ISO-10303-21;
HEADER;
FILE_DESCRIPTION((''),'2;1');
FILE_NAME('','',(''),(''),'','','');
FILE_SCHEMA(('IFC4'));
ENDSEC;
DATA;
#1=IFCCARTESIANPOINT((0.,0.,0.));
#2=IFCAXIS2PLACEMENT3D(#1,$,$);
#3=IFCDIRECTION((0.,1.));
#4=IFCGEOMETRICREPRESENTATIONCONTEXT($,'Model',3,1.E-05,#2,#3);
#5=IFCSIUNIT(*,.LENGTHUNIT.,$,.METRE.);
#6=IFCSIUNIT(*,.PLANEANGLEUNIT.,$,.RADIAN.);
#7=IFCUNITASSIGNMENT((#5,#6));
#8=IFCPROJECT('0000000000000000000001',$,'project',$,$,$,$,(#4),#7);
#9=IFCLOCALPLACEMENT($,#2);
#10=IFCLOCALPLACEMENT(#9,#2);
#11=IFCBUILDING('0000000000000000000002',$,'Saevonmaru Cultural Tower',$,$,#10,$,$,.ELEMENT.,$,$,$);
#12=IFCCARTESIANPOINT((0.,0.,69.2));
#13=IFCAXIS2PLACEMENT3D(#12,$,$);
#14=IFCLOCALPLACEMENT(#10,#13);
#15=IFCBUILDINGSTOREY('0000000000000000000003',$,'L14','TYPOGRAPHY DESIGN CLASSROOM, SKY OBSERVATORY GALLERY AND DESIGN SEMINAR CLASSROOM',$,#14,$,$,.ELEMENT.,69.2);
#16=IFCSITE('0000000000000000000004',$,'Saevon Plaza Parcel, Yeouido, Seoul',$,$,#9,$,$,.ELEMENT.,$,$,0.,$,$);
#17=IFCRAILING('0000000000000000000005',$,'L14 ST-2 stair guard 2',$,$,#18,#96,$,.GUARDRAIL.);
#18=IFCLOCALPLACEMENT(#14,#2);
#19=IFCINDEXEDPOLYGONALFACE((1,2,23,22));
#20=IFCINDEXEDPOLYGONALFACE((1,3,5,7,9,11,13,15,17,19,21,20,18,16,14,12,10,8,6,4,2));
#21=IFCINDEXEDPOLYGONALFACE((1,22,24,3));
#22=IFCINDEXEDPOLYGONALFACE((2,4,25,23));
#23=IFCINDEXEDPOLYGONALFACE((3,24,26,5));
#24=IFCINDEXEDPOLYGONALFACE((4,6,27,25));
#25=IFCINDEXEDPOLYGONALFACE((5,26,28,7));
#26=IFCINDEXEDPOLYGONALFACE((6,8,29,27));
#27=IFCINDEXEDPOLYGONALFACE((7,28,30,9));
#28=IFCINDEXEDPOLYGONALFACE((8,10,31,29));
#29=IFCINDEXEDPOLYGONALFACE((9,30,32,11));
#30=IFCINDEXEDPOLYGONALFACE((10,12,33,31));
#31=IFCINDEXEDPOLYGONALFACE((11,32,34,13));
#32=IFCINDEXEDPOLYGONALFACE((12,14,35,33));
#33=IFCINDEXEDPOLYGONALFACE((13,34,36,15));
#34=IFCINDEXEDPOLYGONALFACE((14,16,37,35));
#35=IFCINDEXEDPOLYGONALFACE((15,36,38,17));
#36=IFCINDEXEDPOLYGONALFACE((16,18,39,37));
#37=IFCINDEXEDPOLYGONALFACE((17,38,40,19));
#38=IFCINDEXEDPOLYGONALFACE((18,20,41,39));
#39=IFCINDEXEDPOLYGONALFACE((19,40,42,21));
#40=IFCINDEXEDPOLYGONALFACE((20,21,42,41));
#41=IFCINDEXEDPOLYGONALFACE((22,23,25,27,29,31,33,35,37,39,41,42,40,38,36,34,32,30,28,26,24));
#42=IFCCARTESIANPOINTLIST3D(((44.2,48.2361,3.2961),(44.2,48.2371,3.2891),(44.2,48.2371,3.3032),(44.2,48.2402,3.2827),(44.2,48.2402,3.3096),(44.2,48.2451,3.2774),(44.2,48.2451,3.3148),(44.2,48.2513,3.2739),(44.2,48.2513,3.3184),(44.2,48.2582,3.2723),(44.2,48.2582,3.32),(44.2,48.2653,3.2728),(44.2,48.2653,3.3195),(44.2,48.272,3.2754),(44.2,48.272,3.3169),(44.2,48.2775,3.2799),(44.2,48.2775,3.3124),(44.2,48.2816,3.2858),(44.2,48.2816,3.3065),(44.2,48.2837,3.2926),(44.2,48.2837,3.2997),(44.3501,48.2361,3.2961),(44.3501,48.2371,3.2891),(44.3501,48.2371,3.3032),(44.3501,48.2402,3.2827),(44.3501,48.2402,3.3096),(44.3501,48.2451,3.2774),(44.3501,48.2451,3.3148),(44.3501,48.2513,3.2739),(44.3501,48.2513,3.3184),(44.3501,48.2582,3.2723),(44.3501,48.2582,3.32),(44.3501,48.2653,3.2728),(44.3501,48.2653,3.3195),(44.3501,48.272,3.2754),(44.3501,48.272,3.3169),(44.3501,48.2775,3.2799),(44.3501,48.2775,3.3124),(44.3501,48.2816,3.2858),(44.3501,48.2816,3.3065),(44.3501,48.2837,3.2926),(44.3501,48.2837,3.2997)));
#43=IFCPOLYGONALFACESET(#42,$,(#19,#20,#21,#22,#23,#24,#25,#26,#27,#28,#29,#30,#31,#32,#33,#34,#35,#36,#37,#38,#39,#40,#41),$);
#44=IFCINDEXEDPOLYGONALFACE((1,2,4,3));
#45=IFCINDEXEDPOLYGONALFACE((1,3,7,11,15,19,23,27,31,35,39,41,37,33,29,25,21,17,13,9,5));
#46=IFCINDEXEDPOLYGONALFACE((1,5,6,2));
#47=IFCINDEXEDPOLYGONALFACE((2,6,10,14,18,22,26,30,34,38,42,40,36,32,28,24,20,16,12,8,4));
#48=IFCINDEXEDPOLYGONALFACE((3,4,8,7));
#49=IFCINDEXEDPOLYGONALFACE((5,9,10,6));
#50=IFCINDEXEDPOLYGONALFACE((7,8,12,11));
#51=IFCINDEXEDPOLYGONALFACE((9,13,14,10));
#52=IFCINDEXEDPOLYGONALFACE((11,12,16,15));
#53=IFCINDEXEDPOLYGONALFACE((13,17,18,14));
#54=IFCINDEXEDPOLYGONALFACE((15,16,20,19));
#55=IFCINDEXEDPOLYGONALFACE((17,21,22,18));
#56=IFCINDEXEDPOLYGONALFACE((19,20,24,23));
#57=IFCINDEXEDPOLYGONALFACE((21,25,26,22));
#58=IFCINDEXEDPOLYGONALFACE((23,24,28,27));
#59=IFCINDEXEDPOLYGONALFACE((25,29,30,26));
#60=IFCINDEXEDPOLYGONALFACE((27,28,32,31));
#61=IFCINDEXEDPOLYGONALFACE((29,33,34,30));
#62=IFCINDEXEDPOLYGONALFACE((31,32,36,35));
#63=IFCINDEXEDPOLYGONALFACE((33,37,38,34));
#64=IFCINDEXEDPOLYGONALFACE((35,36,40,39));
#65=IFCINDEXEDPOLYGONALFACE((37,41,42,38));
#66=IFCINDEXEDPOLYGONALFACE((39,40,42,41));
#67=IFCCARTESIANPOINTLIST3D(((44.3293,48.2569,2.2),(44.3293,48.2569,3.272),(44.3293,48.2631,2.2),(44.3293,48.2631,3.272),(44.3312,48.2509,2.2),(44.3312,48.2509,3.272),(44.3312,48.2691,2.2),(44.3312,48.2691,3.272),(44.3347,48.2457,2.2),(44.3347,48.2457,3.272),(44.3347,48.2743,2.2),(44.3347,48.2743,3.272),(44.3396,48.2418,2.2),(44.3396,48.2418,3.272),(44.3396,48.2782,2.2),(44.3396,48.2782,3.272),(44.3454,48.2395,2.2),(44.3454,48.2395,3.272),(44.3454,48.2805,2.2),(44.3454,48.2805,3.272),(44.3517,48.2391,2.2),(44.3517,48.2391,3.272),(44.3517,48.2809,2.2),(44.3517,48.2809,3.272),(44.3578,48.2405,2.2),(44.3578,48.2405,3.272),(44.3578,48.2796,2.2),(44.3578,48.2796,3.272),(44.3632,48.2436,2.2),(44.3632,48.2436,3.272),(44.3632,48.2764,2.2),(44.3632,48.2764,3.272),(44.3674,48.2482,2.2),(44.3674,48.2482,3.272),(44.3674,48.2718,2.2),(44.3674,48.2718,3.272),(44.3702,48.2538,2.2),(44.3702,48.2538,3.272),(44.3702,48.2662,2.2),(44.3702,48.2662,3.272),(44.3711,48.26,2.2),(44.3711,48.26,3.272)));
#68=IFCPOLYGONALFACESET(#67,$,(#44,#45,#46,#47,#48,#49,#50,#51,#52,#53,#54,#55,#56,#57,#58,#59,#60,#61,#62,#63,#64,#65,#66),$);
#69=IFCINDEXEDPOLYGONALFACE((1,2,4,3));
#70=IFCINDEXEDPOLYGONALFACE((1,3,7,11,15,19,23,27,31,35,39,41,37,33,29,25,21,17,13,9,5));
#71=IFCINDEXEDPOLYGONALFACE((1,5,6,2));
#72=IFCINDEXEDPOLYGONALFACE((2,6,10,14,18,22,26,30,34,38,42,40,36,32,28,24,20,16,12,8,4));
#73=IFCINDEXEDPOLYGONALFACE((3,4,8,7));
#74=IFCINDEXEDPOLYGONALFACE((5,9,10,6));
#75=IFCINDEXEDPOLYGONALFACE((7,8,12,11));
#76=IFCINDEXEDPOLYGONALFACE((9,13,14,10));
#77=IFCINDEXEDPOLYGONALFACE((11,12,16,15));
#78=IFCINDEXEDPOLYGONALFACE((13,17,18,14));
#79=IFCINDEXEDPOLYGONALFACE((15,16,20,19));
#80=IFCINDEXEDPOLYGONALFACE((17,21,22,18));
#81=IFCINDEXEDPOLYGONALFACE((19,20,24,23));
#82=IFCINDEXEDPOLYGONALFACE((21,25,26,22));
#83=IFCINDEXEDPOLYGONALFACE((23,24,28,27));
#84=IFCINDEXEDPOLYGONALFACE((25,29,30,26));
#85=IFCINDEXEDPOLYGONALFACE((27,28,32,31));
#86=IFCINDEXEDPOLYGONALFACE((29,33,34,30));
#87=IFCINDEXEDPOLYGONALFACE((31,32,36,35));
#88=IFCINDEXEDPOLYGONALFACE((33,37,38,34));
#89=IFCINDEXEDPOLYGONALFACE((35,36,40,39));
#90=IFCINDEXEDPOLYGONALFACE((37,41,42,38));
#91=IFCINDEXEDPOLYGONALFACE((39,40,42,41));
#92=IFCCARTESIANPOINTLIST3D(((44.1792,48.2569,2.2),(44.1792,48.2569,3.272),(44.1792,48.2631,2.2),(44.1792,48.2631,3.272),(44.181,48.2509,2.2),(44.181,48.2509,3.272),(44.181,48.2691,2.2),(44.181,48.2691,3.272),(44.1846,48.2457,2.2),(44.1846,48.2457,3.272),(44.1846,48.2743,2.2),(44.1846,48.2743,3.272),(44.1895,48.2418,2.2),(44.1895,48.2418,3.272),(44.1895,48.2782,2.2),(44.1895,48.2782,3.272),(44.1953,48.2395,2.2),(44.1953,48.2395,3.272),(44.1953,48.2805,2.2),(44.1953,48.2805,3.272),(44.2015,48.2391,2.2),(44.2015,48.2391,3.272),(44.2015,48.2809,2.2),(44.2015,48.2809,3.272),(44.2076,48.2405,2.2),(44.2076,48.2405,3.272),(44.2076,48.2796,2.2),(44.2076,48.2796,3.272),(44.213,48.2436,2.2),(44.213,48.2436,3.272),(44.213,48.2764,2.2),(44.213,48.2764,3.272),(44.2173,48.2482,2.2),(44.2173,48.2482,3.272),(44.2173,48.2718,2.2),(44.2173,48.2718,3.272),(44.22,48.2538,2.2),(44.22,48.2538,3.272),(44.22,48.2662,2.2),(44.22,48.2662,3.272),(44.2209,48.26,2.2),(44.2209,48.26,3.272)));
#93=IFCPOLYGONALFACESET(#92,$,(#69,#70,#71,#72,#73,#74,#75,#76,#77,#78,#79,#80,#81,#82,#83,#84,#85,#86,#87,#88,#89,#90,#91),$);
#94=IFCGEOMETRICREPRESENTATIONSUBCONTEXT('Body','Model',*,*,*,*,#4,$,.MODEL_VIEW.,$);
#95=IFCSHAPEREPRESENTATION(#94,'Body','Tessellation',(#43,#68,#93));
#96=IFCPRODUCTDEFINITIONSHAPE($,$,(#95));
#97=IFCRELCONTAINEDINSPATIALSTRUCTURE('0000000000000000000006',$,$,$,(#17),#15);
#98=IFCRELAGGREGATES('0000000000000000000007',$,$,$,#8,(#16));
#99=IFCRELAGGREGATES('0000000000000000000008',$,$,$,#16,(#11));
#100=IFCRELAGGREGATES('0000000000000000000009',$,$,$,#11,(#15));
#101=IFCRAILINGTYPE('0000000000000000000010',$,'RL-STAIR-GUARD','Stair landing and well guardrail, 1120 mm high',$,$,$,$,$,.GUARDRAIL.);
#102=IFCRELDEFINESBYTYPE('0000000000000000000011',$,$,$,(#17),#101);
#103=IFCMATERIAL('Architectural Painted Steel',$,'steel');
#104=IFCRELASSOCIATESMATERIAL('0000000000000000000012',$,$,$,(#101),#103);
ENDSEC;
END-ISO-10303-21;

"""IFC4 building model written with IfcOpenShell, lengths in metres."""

from ifc_helpers import new_model, si_unit, direction, frame, origin, origin_2d, place, context, subcontext, project, spatial, circle, extrude, material, type_object, element, save


model = new_model("IFC4")

# Units and contexts
model_context = context("Model", 3, precision=1e-05, world=origin(), true_north=direction((0.0, 1.0)))
body_context = subcontext(model_context, "Body", "Model", "MODEL_VIEW")
ifc_project = project(units=[si_unit("LENGTHUNIT", "METRE"), si_unit("PLANEANGLEUNIT", "RADIAN")], contexts=[model_context])

# Site, building, storey
site_placement = place(None, origin())
site = spatial("IfcSite", under=ifc_project, at=site_placement, Name="Saevon Plaza Parcel, Yeouido, Seoul", CompositionType="ELEMENT", RefElevation=0.0)
building_placement = place(site_placement, origin())
building = spatial("IfcBuilding", under=site, at=building_placement, Name="Saevonmaru Cultural Tower", CompositionType="ELEMENT")
storey_placement = place(building_placement, frame((0.0, 0.0, 69.2)))
storey = spatial("IfcBuildingStorey", under=building, at=storey_placement, Name="L14", Description="TYPOGRAPHY DESIGN CLASSROOM, SKY OBSERVATORY GALLERY AND DESIGN SEMINAR CLASSROOM", CompositionType="ELEMENT", Elevation=69.2)

# Railing
ifc_material_1 = material(Name="Architectural Painted Steel", Category="steel")
railing_type = type_object("IfcRailingType", Name="RL-STAIR-GUARD", Description="Stair landing and well guardrail, 1120 mm high", PredefinedType="GUARDRAIL", material=ifc_material_1)
railing_1_placement = place(storey_placement, frame((44.3501, 48.26, 2.2)))
element("IfcRailing", 1, at=railing_1_placement, inside=storey, type_object=railing_type, Name="L14 ST-2 stair guard 2", PredefinedType="GUARDRAIL", context=body_context, shape_type="SweptSolid", body=[
    extrude(circle(Radius=0.0239, at=origin_2d()), frame((0.0, 0.0, 1.0962), z_axis=(-1.0, 0.0, 0.0), x_axis=(0.0, -1.0, 0.0)), (0.0, 0.0, 1.0), 0.1501),
    extrude(circle(Radius=0.021, at=origin_2d()), origin(), (0.0, 0.0, 1.0), 1.072),
    extrude(circle(Radius=0.021, at=origin_2d()), frame((-0.1501, 0.0, 0.0)), (0.0, 0.0, 1.0), 1.072),
])

save(model, "model.ifc")
